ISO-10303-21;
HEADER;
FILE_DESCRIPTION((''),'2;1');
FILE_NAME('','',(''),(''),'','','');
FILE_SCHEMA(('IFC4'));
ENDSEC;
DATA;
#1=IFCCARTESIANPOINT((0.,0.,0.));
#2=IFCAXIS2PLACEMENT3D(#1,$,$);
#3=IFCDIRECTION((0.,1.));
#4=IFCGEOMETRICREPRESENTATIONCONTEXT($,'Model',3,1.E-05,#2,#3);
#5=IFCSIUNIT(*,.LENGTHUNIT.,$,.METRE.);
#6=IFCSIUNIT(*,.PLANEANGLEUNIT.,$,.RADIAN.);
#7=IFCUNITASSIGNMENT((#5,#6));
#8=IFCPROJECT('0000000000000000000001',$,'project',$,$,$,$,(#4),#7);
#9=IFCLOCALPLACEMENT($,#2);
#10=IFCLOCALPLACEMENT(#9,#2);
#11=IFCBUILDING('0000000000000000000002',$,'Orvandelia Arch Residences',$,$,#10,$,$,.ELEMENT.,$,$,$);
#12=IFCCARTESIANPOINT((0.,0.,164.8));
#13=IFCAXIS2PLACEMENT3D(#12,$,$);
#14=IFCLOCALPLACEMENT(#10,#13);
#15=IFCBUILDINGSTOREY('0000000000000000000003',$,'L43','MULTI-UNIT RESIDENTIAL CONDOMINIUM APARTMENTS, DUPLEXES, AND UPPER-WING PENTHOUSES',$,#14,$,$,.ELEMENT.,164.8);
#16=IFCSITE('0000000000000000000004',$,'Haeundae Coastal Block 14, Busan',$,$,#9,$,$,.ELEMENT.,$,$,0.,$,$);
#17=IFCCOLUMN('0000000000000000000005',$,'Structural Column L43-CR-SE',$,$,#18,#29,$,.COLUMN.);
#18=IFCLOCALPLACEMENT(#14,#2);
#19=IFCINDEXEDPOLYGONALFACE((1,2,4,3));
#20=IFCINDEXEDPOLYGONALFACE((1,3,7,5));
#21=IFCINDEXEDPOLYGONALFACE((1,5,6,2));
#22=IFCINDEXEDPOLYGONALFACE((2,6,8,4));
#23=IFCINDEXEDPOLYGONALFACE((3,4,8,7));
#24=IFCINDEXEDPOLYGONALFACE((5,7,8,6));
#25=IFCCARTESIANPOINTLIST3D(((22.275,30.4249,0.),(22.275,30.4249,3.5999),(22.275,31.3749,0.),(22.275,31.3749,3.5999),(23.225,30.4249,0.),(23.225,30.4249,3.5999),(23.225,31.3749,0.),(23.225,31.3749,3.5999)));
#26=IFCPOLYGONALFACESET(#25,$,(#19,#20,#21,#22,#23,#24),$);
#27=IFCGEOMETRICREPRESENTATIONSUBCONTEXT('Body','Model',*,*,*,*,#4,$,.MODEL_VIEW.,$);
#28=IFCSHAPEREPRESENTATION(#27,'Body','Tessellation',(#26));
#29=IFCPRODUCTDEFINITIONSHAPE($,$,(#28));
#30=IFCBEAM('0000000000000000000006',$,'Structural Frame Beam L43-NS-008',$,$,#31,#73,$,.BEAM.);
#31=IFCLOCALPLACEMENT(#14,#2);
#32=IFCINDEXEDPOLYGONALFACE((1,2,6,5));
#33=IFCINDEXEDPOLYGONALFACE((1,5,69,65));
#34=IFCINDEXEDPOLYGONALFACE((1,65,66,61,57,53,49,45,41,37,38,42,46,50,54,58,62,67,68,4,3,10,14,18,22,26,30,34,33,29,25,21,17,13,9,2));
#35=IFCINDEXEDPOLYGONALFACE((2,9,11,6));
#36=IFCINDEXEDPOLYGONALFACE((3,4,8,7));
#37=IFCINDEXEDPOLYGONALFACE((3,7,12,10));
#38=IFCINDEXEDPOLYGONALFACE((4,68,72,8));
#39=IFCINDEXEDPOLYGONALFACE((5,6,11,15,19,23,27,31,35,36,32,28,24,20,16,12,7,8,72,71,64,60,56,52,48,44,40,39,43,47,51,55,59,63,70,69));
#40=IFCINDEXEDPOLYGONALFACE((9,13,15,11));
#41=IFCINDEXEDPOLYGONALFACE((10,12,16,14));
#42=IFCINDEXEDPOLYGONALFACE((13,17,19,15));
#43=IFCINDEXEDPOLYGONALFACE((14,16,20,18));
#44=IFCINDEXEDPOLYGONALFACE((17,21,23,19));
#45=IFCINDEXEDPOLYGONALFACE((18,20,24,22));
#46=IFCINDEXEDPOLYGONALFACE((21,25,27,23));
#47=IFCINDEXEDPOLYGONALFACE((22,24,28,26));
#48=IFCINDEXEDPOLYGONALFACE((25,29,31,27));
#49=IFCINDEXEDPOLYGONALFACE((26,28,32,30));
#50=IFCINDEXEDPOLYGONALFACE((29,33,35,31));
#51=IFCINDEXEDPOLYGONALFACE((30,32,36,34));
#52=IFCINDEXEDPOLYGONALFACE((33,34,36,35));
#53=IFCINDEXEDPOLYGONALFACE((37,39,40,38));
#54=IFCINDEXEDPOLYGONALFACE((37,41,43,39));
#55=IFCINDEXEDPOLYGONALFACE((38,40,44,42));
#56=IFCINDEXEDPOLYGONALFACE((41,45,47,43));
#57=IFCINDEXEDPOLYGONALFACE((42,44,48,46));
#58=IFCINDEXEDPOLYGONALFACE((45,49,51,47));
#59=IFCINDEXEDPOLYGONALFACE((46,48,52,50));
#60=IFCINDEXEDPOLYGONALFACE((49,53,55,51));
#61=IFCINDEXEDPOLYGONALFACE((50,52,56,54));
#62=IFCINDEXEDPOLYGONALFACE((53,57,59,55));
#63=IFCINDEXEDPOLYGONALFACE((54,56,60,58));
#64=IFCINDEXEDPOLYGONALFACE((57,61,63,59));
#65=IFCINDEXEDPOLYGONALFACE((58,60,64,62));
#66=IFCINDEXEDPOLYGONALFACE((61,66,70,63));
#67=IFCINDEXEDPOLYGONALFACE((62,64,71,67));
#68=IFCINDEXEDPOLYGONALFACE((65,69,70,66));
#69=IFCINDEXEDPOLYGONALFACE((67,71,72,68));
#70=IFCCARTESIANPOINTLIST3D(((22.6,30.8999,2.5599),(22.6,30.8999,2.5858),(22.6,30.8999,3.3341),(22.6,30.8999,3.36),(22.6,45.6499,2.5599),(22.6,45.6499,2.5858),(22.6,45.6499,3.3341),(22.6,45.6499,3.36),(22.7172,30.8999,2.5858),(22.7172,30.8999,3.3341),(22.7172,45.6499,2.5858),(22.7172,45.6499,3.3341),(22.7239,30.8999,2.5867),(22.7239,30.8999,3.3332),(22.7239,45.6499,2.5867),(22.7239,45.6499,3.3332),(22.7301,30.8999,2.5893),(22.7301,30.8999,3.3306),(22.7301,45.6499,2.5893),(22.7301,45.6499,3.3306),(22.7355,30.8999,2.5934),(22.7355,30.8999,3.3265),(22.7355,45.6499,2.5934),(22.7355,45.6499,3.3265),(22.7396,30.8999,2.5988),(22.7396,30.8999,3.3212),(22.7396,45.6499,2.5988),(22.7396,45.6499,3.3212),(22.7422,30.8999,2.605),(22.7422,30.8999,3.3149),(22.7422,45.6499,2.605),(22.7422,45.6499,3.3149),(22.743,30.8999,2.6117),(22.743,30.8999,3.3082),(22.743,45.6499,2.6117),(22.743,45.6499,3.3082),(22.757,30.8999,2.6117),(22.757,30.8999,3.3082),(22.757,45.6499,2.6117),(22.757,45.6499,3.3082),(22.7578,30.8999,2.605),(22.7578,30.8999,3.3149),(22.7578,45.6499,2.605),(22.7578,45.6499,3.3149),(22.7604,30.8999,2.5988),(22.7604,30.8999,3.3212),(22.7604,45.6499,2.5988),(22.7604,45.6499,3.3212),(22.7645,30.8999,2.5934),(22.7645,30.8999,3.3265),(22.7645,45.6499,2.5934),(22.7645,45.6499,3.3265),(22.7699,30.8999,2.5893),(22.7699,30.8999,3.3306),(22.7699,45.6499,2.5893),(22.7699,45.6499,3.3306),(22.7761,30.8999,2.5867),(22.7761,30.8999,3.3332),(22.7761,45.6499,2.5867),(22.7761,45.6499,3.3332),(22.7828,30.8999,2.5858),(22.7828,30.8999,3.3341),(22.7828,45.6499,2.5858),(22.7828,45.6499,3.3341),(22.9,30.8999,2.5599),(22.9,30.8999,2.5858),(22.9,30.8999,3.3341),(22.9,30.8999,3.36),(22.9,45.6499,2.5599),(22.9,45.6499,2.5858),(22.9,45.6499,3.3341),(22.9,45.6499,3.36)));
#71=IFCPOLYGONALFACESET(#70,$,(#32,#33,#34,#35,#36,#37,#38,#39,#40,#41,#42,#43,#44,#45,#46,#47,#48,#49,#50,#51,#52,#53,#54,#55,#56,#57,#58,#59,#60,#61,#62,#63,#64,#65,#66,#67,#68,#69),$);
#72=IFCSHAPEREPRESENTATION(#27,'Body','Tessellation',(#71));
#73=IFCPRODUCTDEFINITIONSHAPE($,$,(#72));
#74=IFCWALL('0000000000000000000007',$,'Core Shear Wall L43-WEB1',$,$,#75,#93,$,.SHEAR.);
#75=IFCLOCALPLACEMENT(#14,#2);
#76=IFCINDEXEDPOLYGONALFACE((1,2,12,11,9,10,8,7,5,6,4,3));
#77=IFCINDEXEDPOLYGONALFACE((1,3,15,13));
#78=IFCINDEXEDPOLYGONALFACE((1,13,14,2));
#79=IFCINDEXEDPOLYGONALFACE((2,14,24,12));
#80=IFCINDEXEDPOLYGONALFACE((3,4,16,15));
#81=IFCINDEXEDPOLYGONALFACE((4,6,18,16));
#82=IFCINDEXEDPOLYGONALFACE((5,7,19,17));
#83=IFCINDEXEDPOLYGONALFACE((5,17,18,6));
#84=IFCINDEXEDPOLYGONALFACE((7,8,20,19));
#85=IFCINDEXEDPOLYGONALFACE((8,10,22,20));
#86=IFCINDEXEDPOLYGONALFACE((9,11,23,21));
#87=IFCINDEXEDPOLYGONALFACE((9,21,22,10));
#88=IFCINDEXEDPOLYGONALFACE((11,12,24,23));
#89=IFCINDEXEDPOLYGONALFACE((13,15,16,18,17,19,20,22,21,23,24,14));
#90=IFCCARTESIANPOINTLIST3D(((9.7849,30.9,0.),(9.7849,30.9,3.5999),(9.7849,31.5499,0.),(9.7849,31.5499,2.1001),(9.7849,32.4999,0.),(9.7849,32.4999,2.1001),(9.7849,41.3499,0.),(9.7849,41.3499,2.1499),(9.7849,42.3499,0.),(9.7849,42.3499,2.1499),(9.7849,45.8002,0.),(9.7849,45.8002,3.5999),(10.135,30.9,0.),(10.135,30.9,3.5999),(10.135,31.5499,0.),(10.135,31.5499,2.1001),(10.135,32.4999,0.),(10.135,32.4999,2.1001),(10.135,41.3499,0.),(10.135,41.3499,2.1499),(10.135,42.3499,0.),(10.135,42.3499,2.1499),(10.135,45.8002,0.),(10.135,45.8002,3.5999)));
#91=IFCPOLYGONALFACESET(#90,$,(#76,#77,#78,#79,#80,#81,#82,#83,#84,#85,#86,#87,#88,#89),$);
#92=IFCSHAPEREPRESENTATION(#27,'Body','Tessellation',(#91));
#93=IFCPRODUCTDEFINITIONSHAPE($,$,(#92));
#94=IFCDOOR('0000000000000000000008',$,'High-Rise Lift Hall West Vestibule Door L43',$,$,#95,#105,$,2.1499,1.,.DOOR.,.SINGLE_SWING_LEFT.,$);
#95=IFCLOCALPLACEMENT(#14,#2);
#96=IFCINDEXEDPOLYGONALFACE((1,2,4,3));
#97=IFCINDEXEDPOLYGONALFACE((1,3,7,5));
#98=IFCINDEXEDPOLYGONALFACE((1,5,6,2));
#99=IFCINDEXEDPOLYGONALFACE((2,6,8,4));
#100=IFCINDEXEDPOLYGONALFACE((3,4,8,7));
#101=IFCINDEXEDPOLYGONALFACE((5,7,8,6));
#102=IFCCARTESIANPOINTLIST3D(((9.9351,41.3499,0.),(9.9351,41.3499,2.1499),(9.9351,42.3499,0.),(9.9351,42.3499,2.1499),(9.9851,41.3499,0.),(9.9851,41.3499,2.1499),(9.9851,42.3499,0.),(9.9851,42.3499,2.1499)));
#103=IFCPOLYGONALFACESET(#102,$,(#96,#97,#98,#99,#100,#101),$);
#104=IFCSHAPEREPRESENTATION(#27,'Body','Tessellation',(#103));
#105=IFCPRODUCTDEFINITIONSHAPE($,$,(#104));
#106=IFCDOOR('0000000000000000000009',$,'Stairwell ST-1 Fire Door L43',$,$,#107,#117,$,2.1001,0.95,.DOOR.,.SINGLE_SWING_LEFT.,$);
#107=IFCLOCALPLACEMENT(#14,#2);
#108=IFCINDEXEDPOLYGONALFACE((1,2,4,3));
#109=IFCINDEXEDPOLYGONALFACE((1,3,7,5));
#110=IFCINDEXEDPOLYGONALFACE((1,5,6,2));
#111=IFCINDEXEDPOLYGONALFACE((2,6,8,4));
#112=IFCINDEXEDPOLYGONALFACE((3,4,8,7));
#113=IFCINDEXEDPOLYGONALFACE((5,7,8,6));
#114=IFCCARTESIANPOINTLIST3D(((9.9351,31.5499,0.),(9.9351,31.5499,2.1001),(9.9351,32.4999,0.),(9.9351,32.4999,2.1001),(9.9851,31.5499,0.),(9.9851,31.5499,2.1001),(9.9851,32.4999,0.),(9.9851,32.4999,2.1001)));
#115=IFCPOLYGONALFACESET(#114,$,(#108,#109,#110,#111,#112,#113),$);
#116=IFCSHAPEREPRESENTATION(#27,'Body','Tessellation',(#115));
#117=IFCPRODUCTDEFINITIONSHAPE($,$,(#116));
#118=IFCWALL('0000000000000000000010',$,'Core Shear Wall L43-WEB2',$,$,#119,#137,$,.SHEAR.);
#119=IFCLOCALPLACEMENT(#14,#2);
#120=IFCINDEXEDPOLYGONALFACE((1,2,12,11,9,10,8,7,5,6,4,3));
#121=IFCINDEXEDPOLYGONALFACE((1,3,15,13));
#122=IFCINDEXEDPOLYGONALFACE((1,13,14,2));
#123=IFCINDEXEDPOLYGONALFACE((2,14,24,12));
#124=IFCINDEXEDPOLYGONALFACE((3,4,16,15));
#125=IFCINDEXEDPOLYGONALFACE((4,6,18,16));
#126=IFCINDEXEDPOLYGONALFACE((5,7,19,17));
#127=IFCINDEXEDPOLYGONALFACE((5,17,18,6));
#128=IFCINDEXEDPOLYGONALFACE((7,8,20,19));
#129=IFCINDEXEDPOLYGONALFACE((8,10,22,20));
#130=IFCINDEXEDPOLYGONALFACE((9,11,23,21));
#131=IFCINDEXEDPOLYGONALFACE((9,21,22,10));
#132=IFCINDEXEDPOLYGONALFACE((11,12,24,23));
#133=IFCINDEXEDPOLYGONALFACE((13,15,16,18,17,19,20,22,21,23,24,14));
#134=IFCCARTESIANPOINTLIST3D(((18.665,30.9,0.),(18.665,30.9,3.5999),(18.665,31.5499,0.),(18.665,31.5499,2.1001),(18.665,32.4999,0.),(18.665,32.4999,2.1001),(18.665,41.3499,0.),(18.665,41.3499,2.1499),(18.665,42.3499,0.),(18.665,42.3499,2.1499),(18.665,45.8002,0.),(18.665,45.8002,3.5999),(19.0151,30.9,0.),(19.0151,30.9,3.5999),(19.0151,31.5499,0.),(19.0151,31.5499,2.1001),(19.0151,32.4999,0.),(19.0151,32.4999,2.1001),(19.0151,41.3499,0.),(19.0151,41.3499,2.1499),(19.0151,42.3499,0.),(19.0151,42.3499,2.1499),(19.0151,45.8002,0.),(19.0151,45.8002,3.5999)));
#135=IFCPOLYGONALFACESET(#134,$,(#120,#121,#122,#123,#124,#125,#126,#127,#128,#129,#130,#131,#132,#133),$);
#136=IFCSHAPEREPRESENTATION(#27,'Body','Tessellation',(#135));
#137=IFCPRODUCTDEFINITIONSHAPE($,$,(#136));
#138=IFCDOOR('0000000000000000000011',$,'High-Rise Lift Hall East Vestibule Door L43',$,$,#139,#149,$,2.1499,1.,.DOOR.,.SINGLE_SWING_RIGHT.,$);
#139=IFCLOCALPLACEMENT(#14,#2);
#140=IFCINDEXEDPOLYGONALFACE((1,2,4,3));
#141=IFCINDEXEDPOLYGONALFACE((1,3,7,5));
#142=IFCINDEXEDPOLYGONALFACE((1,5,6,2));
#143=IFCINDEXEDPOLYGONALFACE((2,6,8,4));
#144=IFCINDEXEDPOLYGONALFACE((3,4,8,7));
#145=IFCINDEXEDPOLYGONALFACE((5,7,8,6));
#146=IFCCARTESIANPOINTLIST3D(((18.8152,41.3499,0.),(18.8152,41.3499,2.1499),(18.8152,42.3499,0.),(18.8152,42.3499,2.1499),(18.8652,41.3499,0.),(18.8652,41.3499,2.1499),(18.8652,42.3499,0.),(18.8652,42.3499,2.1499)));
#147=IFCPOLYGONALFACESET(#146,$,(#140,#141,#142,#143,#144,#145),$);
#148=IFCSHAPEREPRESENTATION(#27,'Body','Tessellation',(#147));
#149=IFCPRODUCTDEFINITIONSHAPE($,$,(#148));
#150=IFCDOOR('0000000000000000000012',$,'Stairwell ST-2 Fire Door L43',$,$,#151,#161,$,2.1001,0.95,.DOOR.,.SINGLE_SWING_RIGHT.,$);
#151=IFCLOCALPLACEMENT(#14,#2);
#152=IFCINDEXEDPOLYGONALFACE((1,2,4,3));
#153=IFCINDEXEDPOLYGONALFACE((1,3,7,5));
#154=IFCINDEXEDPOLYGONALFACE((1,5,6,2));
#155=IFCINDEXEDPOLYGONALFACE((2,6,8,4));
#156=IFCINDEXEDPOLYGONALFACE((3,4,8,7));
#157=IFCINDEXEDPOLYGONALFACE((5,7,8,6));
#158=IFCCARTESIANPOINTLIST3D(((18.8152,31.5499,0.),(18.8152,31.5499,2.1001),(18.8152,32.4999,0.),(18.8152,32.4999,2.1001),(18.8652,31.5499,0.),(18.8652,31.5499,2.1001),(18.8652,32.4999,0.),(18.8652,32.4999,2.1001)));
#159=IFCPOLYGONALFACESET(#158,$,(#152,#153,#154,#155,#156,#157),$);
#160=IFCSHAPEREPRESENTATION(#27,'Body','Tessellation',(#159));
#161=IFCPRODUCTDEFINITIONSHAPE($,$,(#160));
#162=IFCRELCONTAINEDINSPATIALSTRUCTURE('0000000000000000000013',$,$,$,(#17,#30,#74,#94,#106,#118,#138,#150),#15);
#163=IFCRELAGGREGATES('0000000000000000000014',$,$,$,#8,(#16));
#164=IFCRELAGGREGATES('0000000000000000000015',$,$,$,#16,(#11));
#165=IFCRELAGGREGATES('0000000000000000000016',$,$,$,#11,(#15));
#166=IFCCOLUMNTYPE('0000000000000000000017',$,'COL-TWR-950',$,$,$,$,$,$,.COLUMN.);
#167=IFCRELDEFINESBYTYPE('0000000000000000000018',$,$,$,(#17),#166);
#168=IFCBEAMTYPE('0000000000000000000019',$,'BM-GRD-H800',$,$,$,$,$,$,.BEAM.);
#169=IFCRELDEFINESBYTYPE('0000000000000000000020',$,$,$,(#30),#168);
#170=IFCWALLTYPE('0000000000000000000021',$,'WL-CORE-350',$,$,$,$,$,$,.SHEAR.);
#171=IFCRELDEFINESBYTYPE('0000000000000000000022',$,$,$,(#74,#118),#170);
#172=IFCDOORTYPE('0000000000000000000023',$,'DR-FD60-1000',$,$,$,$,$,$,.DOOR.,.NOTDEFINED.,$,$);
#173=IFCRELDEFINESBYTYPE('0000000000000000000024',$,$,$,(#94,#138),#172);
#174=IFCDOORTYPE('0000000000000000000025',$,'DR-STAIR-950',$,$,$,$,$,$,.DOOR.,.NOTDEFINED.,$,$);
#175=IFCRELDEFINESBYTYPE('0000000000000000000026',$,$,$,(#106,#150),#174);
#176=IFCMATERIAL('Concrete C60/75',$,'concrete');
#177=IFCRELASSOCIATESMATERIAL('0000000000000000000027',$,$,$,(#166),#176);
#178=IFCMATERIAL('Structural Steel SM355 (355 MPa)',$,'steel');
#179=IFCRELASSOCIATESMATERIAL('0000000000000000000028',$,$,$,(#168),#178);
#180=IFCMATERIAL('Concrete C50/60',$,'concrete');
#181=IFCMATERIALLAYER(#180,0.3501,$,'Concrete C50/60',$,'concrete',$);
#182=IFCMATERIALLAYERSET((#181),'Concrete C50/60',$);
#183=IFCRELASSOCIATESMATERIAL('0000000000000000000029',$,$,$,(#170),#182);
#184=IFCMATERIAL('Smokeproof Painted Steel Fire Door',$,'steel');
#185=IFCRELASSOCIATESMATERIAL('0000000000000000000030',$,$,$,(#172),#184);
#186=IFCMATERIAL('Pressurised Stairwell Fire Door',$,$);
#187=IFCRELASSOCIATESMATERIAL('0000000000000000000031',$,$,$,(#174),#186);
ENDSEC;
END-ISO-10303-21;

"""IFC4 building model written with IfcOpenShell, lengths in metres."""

from ifc_helpers import new_model, si_unit, direction, frame, frame_2d, origin, origin_2d, place, context, subcontext, project, spatial, rectangle, i_section, extrude, material, layer, layer_set, material_profile, profile_set, type_object, element, fill, save


model = new_model("IFC4")

# Units and contexts
model_context = context("Model", 3, precision=1e-05, world=origin(), true_north=direction((0.0, 1.0)))
body_context = subcontext(model_context, "Body", "Model", "MODEL_VIEW")
ifc_project = project(units=[si_unit("LENGTHUNIT", "METRE"), si_unit("PLANEANGLEUNIT", "RADIAN")], contexts=[model_context])

# Site, building, storey
site_placement = place(None, origin())
site = spatial("IfcSite", under=ifc_project, at=site_placement, Name="Haeundae Coastal Block 14, Busan", CompositionType="ELEMENT", RefElevation=0.0)
building_placement = place(site_placement, origin())
building = spatial("IfcBuilding", under=site, at=building_placement, Name="Orvandelia Arch Residences", CompositionType="ELEMENT")
storey_placement = place(building_placement, frame((0.0, 0.0, 164.8)))
storey = spatial("IfcBuildingStorey", under=building, at=storey_placement, Name="L43", Description="MULTI-UNIT RESIDENTIAL CONDOMINIUM APARTMENTS, DUPLEXES, AND UPPER-WING PENTHOUSES", CompositionType="ELEMENT", Elevation=164.8)

# Column
ifc_material_1 = material(Name="Concrete C60/75", Category="concrete")
ifc_material_profile_1 = material_profile(ifc_material_1, rectangle(XDim=0.95, YDim=0.95, at=origin_2d()), Name="Concrete C60/75", Category="concrete")
ifc_profile_set_1 = profile_set([ifc_material_profile_1], Name="Concrete C60/75")
column_type = type_object("IfcColumnType", Name="COL-TWR-950", PredefinedType="COLUMN", material=ifc_profile_set_1)
column_placement = place(storey_placement, frame((22.75, 30.8999, 0.0), z_axis=(0.0, 0.0, 1.0), x_axis=(1.0, 0.0, 0.0)))
element("IfcColumn", 1, at=column_placement, inside=storey, type_object=column_type, Name="Structural Column L43-CR-SE", PredefinedType="COLUMN", context=body_context, shape_type="SweptSolid", body=[
    extrude(rectangle(XDim=0.95, YDim=0.95, at=origin_2d()), origin(), (0.0, 0.0, 1.0), 3.5999),
])

# Beam
ifc_material_2 = material(Name="Structural Steel SM355 (355 MPa)", Category="steel")
ifc_material_profile_2 = material_profile(ifc_material_2, i_section(OverallWidth=0.3, OverallDepth=0.8, WebThickness=0.0139, FlangeThickness=0.0259, FilletRadius=0.0259, at=origin_2d()), Name="Structural Steel SM355 (355 MPa)", Category="steel")
ifc_profile_set_2 = profile_set([ifc_material_profile_2], Name="Structural Steel SM355 (355 MPa)")
beam_type = type_object("IfcBeamType", Name="BM-GRD-H800", PredefinedType="BEAM", material=ifc_profile_set_2)
beam_placement = place(storey_placement, frame((22.75, 30.8999, 2.96), z_axis=(0.0, 1.0, 0.0), x_axis=(-1.0, 0.0, 0.0)))
element("IfcBeam", 2, at=beam_placement, inside=storey, type_object=beam_type, Name="Structural Frame Beam L43-NS-008", PredefinedType="BEAM", context=body_context, shape_type="SweptSolid", body=[
    extrude(i_section(OverallWidth=0.3, OverallDepth=0.8, WebThickness=0.0139, FlangeThickness=0.0259, FilletRadius=0.0259, at=origin_2d()), origin(), (0.0, 0.0, 1.0), 14.75),
])

# Walls, openings, doors
ifc_material_3 = material(Name="Concrete C50/60", Category="concrete")
ifc_layer_1 = layer(ifc_material_3, 0.3501, Name="Concrete C50/60", Category="concrete")
ifc_layer_set_1 = layer_set([ifc_layer_1], Name="Concrete C50/60")
wall_type_1 = type_object("IfcWallType", Name="WL-CORE-350", PredefinedType="SHEAR", material=ifc_layer_set_1)
wall_1_placement = place(storey_placement, frame((9.96, 30.8999, 0.0), z_axis=(0.0, 0.0, 1.0), x_axis=(0.0, 1.0, 0.0)))
wall_1 = element("IfcWall", 3, at=wall_1_placement, inside=storey, type_object=wall_type_1, Name="Core Shear Wall L43-WEB1", PredefinedType="SHEAR", context=body_context, shape_type="SweptSolid", body=[
    extrude(rectangle(XDim=14.9001, YDim=0.3501, at=frame_2d((7.4502, 0.0))), origin(), (0.0, 0.0, 1.0), 3.5999),
])
opening_1_placement = place(wall_1_placement, frame((0.6499, 0.0, 0.0)))
opening_1 = element("IfcOpeningElement", 4, at=opening_1_placement, cuts=wall_1, PredefinedType="OPENING", context=body_context, shape_type="SweptSolid", body=[
    extrude(rectangle(XDim=0.95, YDim=2.1001, at=frame_2d((0.4751, 1.05))), frame((0.0, 0.1851, 0.0), z_axis=(0.0, -1.0, 0.0), x_axis=(1.0, 0.0, 0.0)), (0.0, 0.0, 1.0), 0.3701),
])
opening_2_placement = place(wall_1_placement, frame((10.45, 0.0, 0.0)))
opening_2 = element("IfcOpeningElement", 5, at=opening_2_placement, cuts=wall_1, PredefinedType="OPENING", context=body_context, shape_type="SweptSolid", body=[
    extrude(rectangle(XDim=1.0, YDim=2.1499, at=frame_2d((0.5, 1.075))), frame((0.0, 0.1851, 0.0), z_axis=(0.0, -1.0, 0.0), x_axis=(1.0, 0.0, 0.0)), (0.0, 0.0, 1.0), 0.3701),
])
ifc_material_4 = material(Name="Smokeproof Painted Steel Fire Door", Category="steel")
door_type_1 = type_object("IfcDoorType", Name="DR-FD60-1000", OperationType="NOTDEFINED", PredefinedType="DOOR", material=ifc_material_4)
door_1_placement = place(opening_2_placement, origin())
door_1 = element("IfcDoor", 6, at=door_1_placement, inside=storey, type_object=door_type_1, Name="High-Rise Lift Hall West Vestibule Door L43", OperationType="SINGLE_SWING_LEFT", OverallHeight=2.1499, OverallWidth=1.0, PredefinedType="DOOR", context=body_context, shape_type="SweptSolid", body=[
    extrude(rectangle(XDim=1.0, YDim=2.1499, at=frame_2d((0.5, 1.075))), frame((0.0, 0.0249, 0.0), z_axis=(0.0, -1.0, 0.0), x_axis=(1.0, 0.0, 0.0)), (0.0, 0.0, 1.0), 0.05),
])
fill(opening_2, door_1)
ifc_material_5 = material(Name="Pressurised Stairwell Fire Door")
door_type_2 = type_object("IfcDoorType", Name="DR-STAIR-950", OperationType="NOTDEFINED", PredefinedType="DOOR", material=ifc_material_5)
door_2_placement = place(opening_1_placement, origin())
door_2 = element("IfcDoor", 7, at=door_2_placement, inside=storey, type_object=door_type_2, Name="Stairwell ST-1 Fire Door L43", OperationType="SINGLE_SWING_LEFT", OverallHeight=2.1001, OverallWidth=0.95, PredefinedType="DOOR", context=body_context, shape_type="SweptSolid", body=[
    extrude(rectangle(XDim=0.95, YDim=2.1001, at=frame_2d((0.4751, 1.05))), frame((0.0, 0.0249, 0.0), z_axis=(0.0, -1.0, 0.0), x_axis=(1.0, 0.0, 0.0)), (0.0, 0.0, 1.0), 0.05),
])
fill(opening_1, door_2)
wall_2_placement = place(storey_placement, frame((18.8401, 30.8999, 0.0), z_axis=(0.0, 0.0, 1.0), x_axis=(0.0, 1.0, 0.0)))
wall_2 = element("IfcWall", 8, at=wall_2_placement, inside=storey, type_object=wall_type_1, Name="Core Shear Wall L43-WEB2", PredefinedType="SHEAR", context=body_context, shape_type="SweptSolid", body=[
    extrude(rectangle(XDim=14.9001, YDim=0.3501, at=frame_2d((7.4502, 0.0))), origin(), (0.0, 0.0, 1.0), 3.5999),
])
opening_3_placement = place(wall_2_placement, frame((0.6499, 0.0, 0.0)))
opening_3 = element("IfcOpeningElement", 9, at=opening_3_placement, cuts=wall_2, PredefinedType="OPENING", context=body_context, shape_type="SweptSolid", body=[
    extrude(rectangle(XDim=0.95, YDim=2.1001, at=frame_2d((0.4751, 1.05))), frame((0.0, 0.1851, 0.0), z_axis=(0.0, -1.0, 0.0), x_axis=(1.0, 0.0, 0.0)), (0.0, 0.0, 1.0), 0.3701),
])
opening_4_placement = place(wall_2_placement, frame((10.45, 0.0, 0.0)))
opening_4 = element("IfcOpeningElement", 10, at=opening_4_placement, cuts=wall_2, PredefinedType="OPENING", context=body_context, shape_type="SweptSolid", body=[
    extrude(rectangle(XDim=1.0, YDim=2.1499, at=frame_2d((0.5, 1.075))), frame((0.0, 0.1851, 0.0), z_axis=(0.0, -1.0, 0.0), x_axis=(1.0, 0.0, 0.0)), (0.0, 0.0, 1.0), 0.3701),
])
door_3_placement = place(opening_4_placement, origin())
door_3 = element("IfcDoor", 11, at=door_3_placement, inside=storey, type_object=door_type_1, Name="High-Rise Lift Hall East Vestibule Door L43", OperationType="SINGLE_SWING_RIGHT", OverallHeight=2.1499, OverallWidth=1.0, PredefinedType="DOOR", context=body_context, shape_type="SweptSolid", body=[
    extrude(rectangle(XDim=1.0, YDim=2.1499, at=frame_2d((0.5, 1.075))), frame((0.0, 0.0249, 0.0), z_axis=(0.0, -1.0, 0.0), x_axis=(1.0, 0.0, 0.0)), (0.0, 0.0, 1.0), 0.05),
])
fill(opening_4, door_3)
door_4_placement = place(opening_3_placement, origin())
door_4 = element("IfcDoor", 12, at=door_4_placement, inside=storey, type_object=door_type_2, Name="Stairwell ST-2 Fire Door L43", OperationType="SINGLE_SWING_RIGHT", OverallHeight=2.1001, OverallWidth=0.95, PredefinedType="DOOR", context=body_context, shape_type="SweptSolid", body=[
    extrude(rectangle(XDim=0.95, YDim=2.1001, at=frame_2d((0.4751, 1.05))), frame((0.0, 0.0249, 0.0), z_axis=(0.0, -1.0, 0.0), x_axis=(1.0, 0.0, 0.0)), (0.0, 0.0, 1.0), 0.05),
])
fill(opening_3, door_4)

save(model, "model.ifc")
